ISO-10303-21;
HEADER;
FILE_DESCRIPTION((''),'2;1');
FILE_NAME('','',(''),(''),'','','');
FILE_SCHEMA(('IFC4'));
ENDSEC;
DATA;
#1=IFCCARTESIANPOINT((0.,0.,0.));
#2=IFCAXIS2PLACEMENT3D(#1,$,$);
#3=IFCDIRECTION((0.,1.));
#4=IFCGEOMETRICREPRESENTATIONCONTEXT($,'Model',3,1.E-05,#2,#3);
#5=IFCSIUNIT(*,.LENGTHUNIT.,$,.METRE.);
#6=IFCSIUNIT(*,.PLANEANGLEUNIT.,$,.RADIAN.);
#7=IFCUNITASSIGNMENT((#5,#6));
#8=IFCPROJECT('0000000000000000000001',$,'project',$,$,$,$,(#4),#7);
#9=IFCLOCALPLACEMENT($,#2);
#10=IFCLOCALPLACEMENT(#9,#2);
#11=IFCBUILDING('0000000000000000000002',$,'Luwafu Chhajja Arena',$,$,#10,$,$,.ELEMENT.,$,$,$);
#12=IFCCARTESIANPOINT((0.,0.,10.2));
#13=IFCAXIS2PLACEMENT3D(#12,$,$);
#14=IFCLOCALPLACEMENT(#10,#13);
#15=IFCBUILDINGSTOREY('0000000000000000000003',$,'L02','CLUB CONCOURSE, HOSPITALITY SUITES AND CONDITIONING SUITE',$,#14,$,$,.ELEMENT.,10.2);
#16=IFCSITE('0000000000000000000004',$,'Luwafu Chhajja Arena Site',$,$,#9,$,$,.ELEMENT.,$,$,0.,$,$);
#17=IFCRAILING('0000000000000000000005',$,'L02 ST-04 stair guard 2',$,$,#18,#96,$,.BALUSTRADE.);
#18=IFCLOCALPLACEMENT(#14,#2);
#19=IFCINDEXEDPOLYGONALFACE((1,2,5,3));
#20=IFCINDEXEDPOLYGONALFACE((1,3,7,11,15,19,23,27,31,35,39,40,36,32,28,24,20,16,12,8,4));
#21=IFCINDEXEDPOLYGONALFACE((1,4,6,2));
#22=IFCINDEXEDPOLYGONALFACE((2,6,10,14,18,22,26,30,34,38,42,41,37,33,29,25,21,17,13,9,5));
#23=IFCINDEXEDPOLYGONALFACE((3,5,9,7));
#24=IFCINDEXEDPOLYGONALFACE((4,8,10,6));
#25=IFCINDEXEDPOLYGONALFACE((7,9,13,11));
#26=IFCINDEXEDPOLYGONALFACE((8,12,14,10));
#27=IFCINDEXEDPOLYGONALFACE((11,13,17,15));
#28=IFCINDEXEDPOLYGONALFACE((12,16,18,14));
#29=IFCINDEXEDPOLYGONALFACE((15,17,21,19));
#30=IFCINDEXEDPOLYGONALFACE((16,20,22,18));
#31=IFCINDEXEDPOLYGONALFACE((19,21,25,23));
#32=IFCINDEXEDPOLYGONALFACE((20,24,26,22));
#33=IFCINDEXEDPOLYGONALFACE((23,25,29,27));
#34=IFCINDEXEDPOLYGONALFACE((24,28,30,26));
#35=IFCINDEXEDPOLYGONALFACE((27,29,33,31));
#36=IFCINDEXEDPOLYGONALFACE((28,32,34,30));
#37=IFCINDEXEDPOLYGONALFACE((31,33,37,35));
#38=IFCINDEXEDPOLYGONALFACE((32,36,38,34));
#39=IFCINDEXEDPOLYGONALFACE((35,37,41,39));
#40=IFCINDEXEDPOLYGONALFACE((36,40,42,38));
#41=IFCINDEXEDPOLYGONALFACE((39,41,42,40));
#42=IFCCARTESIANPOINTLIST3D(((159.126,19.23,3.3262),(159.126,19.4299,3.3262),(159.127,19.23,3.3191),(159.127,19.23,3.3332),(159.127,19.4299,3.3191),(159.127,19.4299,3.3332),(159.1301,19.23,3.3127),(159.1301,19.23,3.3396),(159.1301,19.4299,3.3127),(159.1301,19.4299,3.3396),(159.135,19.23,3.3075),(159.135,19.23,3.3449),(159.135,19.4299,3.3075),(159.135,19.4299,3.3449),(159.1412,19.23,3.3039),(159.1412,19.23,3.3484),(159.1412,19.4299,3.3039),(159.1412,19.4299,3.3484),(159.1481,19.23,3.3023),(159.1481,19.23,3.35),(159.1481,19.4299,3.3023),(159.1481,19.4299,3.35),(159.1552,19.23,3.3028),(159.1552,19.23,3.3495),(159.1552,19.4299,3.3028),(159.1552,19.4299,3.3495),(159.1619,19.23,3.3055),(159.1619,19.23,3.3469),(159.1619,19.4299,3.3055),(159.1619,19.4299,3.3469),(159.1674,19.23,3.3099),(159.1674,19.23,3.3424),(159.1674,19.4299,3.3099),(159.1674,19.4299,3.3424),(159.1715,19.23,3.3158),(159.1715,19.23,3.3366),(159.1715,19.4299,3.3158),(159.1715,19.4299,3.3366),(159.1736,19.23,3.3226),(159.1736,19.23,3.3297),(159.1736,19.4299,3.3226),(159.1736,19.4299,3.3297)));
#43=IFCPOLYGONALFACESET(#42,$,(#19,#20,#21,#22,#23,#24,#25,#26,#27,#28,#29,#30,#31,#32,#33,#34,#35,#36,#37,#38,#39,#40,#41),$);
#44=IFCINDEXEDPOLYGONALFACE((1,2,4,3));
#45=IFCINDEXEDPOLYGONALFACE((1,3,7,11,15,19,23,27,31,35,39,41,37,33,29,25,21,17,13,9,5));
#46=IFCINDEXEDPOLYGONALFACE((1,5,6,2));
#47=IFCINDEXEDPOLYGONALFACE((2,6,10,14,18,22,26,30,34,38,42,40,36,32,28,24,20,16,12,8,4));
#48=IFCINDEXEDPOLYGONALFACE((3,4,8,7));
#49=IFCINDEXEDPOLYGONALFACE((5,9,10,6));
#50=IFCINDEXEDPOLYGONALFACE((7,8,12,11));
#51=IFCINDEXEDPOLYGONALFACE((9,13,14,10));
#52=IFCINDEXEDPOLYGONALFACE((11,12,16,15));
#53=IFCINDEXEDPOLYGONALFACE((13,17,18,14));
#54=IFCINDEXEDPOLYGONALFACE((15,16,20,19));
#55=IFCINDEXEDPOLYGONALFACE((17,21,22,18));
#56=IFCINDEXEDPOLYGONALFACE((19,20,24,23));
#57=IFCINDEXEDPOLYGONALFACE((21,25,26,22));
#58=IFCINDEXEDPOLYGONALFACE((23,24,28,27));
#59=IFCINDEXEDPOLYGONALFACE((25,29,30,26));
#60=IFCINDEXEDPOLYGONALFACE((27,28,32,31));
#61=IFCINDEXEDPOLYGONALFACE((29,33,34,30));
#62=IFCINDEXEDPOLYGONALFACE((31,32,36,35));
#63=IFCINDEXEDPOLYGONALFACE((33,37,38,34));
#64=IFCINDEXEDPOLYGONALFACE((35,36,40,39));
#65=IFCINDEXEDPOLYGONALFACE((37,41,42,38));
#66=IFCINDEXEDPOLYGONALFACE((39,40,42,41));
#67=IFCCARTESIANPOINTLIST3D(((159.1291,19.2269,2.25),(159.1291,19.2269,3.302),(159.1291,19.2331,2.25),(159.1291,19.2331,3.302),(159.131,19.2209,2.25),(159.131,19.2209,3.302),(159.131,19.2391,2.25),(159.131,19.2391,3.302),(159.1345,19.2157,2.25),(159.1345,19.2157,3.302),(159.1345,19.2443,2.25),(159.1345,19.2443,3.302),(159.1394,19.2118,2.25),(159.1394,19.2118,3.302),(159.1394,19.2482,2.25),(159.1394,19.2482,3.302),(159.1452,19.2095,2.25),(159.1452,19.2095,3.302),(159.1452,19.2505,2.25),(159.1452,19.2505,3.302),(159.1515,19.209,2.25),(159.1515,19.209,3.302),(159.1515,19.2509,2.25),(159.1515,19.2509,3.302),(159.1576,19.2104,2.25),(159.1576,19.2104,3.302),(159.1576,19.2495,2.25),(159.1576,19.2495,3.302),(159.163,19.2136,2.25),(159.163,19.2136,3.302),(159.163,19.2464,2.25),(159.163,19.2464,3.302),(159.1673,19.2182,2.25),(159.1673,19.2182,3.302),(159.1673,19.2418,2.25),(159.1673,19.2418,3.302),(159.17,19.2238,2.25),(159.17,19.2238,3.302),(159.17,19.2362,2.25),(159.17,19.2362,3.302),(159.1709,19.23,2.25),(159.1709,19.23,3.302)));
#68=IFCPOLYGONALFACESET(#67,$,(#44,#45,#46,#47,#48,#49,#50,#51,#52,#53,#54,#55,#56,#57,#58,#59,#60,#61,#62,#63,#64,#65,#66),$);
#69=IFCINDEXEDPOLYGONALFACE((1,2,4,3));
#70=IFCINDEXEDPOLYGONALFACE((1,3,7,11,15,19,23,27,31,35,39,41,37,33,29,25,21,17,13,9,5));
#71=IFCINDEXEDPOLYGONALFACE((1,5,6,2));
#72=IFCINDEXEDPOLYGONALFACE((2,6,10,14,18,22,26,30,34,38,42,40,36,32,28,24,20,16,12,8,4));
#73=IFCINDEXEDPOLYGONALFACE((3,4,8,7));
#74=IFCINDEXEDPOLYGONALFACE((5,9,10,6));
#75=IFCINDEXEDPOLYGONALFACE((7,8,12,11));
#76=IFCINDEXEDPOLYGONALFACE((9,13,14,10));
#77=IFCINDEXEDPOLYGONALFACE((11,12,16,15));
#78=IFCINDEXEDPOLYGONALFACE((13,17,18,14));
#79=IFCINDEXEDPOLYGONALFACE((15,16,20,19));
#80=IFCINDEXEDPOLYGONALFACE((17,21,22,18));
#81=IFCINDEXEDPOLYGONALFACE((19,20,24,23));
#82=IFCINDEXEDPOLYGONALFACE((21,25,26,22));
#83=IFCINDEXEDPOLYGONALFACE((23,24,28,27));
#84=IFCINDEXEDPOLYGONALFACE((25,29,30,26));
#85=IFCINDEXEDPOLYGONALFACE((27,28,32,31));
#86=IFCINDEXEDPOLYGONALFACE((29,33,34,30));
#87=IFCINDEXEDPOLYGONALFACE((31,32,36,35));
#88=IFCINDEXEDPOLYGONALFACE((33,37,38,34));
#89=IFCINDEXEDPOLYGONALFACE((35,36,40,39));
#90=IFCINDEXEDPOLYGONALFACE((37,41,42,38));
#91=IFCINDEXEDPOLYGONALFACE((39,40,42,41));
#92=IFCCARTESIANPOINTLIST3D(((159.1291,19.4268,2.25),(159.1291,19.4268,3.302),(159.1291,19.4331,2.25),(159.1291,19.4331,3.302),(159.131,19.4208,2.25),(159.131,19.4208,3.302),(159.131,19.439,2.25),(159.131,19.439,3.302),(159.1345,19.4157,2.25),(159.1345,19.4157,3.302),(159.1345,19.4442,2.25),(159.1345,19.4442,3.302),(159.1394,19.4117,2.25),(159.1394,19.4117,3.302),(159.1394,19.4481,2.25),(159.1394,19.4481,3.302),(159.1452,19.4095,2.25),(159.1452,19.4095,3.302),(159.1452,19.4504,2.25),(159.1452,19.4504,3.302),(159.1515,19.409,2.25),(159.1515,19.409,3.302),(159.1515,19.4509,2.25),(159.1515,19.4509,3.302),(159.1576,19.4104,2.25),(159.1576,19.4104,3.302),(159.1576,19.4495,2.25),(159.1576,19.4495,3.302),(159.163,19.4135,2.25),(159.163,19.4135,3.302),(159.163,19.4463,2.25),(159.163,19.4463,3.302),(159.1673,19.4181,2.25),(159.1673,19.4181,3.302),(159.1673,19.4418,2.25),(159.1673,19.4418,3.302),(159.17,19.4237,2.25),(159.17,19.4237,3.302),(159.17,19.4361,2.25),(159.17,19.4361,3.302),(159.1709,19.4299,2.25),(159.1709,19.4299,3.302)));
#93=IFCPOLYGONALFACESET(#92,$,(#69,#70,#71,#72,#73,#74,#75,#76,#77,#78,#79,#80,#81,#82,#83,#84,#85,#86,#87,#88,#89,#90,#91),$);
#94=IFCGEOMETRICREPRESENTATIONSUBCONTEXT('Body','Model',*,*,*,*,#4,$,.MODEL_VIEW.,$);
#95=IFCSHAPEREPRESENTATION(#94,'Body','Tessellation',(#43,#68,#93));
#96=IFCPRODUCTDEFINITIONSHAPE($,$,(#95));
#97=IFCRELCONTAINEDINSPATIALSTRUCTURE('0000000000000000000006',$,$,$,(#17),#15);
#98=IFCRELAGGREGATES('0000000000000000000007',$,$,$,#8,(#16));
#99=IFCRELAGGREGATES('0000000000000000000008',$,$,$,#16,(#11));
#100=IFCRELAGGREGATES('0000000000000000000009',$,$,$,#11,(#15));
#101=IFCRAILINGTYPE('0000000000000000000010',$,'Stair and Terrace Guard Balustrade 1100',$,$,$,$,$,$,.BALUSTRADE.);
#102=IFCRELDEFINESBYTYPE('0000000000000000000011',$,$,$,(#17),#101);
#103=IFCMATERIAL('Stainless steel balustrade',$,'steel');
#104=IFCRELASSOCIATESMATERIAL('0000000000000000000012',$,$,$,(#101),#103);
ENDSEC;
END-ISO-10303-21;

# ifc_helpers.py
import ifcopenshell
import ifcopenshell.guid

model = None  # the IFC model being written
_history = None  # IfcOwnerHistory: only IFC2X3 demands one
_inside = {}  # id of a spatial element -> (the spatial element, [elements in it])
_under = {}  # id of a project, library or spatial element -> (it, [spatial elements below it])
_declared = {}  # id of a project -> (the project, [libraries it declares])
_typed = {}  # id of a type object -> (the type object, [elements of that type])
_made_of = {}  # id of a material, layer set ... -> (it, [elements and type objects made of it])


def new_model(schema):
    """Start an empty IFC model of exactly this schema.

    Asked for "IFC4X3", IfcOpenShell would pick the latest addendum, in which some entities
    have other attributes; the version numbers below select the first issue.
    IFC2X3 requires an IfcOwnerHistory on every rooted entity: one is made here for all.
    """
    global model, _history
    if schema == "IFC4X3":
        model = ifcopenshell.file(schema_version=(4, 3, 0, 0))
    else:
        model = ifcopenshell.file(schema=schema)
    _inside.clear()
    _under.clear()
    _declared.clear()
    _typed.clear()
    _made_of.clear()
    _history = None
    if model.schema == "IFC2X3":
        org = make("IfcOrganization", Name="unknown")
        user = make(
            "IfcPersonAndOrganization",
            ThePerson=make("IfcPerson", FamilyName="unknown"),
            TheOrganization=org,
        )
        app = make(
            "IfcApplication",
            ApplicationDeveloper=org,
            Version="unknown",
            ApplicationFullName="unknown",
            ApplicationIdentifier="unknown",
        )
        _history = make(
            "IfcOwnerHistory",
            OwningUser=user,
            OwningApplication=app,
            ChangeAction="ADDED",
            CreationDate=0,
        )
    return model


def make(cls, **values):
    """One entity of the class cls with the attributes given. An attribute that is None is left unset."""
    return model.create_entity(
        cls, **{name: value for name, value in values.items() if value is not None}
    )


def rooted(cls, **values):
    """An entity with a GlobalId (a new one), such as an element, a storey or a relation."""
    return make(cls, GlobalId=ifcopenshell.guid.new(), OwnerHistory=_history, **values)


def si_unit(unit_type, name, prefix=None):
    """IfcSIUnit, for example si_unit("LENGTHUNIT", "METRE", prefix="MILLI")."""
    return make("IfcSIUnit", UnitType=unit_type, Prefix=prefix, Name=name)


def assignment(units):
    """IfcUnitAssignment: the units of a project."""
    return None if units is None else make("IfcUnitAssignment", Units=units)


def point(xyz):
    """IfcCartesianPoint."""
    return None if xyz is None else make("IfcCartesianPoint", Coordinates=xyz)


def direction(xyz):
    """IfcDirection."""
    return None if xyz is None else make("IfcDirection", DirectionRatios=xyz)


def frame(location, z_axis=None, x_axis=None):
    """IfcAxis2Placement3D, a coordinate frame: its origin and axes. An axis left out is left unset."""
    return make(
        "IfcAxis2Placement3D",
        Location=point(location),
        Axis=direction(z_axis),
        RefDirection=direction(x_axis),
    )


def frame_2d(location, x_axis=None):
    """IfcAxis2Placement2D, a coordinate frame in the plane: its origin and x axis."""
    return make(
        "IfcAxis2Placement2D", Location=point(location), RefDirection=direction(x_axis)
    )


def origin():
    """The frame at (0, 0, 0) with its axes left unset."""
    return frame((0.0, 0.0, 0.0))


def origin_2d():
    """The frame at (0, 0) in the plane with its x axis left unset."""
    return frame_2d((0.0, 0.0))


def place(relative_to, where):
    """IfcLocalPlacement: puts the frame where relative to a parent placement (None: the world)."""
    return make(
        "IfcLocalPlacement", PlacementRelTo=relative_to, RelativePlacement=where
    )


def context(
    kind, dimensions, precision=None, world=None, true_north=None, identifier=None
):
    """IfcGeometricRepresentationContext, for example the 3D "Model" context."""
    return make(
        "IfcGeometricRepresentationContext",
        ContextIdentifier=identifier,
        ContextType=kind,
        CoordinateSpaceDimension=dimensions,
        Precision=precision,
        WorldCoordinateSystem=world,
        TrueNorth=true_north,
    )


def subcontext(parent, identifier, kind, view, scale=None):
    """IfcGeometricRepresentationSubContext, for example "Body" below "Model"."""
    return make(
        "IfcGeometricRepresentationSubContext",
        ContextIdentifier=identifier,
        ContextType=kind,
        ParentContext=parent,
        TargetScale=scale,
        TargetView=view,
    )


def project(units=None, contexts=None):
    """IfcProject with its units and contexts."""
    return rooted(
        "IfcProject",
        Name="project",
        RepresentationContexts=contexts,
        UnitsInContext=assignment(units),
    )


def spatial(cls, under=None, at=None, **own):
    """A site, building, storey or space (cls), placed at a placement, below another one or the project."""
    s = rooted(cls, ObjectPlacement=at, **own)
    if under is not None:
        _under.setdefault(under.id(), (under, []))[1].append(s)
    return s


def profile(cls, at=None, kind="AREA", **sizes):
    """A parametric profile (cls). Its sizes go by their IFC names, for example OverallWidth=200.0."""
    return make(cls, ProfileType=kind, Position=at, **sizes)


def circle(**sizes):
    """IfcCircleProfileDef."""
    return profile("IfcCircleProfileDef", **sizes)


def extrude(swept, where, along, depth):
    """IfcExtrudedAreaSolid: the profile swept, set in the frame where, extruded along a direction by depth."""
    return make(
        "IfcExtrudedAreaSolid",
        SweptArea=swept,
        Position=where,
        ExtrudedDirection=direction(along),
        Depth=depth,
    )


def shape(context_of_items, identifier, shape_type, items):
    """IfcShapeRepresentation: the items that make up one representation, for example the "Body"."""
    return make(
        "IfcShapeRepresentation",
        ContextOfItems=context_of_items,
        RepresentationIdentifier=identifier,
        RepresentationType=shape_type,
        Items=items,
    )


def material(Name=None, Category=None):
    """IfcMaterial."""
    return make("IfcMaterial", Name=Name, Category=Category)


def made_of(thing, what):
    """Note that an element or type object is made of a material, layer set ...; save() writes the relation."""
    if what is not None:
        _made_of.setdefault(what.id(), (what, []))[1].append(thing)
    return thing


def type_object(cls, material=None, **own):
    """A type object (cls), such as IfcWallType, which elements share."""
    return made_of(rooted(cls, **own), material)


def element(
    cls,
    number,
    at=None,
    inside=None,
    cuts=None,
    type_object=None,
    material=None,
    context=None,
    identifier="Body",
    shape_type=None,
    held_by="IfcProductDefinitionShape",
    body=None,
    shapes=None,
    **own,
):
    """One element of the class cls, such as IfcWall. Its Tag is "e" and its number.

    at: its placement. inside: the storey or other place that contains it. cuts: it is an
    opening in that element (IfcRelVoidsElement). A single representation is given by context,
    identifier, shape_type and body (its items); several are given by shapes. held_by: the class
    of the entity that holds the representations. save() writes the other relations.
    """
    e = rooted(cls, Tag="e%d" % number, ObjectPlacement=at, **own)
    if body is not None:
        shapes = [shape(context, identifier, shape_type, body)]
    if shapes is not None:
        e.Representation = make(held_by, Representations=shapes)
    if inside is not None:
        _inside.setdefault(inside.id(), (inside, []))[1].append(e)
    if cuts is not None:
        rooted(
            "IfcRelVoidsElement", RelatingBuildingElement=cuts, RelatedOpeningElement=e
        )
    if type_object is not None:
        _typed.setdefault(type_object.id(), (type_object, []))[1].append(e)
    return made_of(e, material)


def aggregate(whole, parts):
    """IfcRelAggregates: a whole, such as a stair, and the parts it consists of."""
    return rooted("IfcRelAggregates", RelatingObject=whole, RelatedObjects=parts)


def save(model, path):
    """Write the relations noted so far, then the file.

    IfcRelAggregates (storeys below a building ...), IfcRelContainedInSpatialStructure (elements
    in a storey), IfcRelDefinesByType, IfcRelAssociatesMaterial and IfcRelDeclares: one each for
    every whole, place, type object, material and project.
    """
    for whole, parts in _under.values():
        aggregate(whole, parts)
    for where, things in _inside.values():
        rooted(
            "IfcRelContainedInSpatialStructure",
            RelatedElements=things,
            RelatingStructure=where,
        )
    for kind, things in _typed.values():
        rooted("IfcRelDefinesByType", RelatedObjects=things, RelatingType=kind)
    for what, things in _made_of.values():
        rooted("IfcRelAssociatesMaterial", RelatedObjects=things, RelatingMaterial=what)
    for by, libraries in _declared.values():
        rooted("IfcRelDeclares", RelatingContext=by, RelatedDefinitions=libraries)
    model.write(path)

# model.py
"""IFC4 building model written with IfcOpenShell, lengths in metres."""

from ifc_helpers import new_model, si_unit, direction, frame, origin, origin_2d, place, context, subcontext, project, spatial, circle, extrude, material, type_object, element, save


model = new_model("IFC4")

# Units and contexts
model_context = context("Model", 3, precision=1e-05, world=origin(), true_north=direction((0.0, 1.0)))
body_context = subcontext(model_context, "Body", "Model", "MODEL_VIEW")
ifc_project = project(units=[si_unit("LENGTHUNIT", "METRE"), si_unit("PLANEANGLEUNIT", "RADIAN")], contexts=[model_context])

# Site, building, storey
site_placement = place(None, origin())
site = spatial("IfcSite", under=ifc_project, at=site_placement, Name="Luwafu Chhajja Arena Site", CompositionType="ELEMENT", RefElevation=0.0)
building_placement = place(site_placement, origin())
building = spatial("IfcBuilding", under=site, at=building_placement, Name="Luwafu Chhajja Arena", CompositionType="ELEMENT")
storey_placement = place(building_placement, frame((0.0, 0.0, 10.2)))
storey = spatial("IfcBuildingStorey", under=building, at=storey_placement, Name="L02", Description="CLUB CONCOURSE, HOSPITALITY SUITES AND CONDITIONING SUITE", CompositionType="ELEMENT", Elevation=10.2)

# Railing
ifc_material_1 = material(Name="Stainless steel balustrade", Category="steel")
railing_type_1 = type_object("IfcRailingType", Name="Stair and Terrace Guard Balustrade 1100", PredefinedType="BALUSTRADE", material=ifc_material_1)
railing_1_placement = place(storey_placement, frame((159.1499, 19.23, 2.25)))
element("IfcRailing", 1, at=railing_1_placement, inside=storey, type_object=railing_type_1, Name="L02 ST-04 stair guard 2", PredefinedType="BALUSTRADE", context=body_context, shape_type="SweptSolid", body=[
    extrude(circle(Radius=0.0239, at=origin_2d()), frame((0.0, 0.0, 1.0762), z_axis=(0.0, 1.0, 0.0), x_axis=(-1.0, 0.0, 0.0)), (0.0, 0.0, 1.0), 0.2),
    extrude(circle(Radius=0.021, at=origin_2d()), origin(), (0.0, 0.0, 1.0), 1.052),
    extrude(circle(Radius=0.021, at=origin_2d()), frame((0.0, 0.2, 0.0)), (0.0, 0.0, 1.0), 1.052),
])

save(model, "model.ifc")
